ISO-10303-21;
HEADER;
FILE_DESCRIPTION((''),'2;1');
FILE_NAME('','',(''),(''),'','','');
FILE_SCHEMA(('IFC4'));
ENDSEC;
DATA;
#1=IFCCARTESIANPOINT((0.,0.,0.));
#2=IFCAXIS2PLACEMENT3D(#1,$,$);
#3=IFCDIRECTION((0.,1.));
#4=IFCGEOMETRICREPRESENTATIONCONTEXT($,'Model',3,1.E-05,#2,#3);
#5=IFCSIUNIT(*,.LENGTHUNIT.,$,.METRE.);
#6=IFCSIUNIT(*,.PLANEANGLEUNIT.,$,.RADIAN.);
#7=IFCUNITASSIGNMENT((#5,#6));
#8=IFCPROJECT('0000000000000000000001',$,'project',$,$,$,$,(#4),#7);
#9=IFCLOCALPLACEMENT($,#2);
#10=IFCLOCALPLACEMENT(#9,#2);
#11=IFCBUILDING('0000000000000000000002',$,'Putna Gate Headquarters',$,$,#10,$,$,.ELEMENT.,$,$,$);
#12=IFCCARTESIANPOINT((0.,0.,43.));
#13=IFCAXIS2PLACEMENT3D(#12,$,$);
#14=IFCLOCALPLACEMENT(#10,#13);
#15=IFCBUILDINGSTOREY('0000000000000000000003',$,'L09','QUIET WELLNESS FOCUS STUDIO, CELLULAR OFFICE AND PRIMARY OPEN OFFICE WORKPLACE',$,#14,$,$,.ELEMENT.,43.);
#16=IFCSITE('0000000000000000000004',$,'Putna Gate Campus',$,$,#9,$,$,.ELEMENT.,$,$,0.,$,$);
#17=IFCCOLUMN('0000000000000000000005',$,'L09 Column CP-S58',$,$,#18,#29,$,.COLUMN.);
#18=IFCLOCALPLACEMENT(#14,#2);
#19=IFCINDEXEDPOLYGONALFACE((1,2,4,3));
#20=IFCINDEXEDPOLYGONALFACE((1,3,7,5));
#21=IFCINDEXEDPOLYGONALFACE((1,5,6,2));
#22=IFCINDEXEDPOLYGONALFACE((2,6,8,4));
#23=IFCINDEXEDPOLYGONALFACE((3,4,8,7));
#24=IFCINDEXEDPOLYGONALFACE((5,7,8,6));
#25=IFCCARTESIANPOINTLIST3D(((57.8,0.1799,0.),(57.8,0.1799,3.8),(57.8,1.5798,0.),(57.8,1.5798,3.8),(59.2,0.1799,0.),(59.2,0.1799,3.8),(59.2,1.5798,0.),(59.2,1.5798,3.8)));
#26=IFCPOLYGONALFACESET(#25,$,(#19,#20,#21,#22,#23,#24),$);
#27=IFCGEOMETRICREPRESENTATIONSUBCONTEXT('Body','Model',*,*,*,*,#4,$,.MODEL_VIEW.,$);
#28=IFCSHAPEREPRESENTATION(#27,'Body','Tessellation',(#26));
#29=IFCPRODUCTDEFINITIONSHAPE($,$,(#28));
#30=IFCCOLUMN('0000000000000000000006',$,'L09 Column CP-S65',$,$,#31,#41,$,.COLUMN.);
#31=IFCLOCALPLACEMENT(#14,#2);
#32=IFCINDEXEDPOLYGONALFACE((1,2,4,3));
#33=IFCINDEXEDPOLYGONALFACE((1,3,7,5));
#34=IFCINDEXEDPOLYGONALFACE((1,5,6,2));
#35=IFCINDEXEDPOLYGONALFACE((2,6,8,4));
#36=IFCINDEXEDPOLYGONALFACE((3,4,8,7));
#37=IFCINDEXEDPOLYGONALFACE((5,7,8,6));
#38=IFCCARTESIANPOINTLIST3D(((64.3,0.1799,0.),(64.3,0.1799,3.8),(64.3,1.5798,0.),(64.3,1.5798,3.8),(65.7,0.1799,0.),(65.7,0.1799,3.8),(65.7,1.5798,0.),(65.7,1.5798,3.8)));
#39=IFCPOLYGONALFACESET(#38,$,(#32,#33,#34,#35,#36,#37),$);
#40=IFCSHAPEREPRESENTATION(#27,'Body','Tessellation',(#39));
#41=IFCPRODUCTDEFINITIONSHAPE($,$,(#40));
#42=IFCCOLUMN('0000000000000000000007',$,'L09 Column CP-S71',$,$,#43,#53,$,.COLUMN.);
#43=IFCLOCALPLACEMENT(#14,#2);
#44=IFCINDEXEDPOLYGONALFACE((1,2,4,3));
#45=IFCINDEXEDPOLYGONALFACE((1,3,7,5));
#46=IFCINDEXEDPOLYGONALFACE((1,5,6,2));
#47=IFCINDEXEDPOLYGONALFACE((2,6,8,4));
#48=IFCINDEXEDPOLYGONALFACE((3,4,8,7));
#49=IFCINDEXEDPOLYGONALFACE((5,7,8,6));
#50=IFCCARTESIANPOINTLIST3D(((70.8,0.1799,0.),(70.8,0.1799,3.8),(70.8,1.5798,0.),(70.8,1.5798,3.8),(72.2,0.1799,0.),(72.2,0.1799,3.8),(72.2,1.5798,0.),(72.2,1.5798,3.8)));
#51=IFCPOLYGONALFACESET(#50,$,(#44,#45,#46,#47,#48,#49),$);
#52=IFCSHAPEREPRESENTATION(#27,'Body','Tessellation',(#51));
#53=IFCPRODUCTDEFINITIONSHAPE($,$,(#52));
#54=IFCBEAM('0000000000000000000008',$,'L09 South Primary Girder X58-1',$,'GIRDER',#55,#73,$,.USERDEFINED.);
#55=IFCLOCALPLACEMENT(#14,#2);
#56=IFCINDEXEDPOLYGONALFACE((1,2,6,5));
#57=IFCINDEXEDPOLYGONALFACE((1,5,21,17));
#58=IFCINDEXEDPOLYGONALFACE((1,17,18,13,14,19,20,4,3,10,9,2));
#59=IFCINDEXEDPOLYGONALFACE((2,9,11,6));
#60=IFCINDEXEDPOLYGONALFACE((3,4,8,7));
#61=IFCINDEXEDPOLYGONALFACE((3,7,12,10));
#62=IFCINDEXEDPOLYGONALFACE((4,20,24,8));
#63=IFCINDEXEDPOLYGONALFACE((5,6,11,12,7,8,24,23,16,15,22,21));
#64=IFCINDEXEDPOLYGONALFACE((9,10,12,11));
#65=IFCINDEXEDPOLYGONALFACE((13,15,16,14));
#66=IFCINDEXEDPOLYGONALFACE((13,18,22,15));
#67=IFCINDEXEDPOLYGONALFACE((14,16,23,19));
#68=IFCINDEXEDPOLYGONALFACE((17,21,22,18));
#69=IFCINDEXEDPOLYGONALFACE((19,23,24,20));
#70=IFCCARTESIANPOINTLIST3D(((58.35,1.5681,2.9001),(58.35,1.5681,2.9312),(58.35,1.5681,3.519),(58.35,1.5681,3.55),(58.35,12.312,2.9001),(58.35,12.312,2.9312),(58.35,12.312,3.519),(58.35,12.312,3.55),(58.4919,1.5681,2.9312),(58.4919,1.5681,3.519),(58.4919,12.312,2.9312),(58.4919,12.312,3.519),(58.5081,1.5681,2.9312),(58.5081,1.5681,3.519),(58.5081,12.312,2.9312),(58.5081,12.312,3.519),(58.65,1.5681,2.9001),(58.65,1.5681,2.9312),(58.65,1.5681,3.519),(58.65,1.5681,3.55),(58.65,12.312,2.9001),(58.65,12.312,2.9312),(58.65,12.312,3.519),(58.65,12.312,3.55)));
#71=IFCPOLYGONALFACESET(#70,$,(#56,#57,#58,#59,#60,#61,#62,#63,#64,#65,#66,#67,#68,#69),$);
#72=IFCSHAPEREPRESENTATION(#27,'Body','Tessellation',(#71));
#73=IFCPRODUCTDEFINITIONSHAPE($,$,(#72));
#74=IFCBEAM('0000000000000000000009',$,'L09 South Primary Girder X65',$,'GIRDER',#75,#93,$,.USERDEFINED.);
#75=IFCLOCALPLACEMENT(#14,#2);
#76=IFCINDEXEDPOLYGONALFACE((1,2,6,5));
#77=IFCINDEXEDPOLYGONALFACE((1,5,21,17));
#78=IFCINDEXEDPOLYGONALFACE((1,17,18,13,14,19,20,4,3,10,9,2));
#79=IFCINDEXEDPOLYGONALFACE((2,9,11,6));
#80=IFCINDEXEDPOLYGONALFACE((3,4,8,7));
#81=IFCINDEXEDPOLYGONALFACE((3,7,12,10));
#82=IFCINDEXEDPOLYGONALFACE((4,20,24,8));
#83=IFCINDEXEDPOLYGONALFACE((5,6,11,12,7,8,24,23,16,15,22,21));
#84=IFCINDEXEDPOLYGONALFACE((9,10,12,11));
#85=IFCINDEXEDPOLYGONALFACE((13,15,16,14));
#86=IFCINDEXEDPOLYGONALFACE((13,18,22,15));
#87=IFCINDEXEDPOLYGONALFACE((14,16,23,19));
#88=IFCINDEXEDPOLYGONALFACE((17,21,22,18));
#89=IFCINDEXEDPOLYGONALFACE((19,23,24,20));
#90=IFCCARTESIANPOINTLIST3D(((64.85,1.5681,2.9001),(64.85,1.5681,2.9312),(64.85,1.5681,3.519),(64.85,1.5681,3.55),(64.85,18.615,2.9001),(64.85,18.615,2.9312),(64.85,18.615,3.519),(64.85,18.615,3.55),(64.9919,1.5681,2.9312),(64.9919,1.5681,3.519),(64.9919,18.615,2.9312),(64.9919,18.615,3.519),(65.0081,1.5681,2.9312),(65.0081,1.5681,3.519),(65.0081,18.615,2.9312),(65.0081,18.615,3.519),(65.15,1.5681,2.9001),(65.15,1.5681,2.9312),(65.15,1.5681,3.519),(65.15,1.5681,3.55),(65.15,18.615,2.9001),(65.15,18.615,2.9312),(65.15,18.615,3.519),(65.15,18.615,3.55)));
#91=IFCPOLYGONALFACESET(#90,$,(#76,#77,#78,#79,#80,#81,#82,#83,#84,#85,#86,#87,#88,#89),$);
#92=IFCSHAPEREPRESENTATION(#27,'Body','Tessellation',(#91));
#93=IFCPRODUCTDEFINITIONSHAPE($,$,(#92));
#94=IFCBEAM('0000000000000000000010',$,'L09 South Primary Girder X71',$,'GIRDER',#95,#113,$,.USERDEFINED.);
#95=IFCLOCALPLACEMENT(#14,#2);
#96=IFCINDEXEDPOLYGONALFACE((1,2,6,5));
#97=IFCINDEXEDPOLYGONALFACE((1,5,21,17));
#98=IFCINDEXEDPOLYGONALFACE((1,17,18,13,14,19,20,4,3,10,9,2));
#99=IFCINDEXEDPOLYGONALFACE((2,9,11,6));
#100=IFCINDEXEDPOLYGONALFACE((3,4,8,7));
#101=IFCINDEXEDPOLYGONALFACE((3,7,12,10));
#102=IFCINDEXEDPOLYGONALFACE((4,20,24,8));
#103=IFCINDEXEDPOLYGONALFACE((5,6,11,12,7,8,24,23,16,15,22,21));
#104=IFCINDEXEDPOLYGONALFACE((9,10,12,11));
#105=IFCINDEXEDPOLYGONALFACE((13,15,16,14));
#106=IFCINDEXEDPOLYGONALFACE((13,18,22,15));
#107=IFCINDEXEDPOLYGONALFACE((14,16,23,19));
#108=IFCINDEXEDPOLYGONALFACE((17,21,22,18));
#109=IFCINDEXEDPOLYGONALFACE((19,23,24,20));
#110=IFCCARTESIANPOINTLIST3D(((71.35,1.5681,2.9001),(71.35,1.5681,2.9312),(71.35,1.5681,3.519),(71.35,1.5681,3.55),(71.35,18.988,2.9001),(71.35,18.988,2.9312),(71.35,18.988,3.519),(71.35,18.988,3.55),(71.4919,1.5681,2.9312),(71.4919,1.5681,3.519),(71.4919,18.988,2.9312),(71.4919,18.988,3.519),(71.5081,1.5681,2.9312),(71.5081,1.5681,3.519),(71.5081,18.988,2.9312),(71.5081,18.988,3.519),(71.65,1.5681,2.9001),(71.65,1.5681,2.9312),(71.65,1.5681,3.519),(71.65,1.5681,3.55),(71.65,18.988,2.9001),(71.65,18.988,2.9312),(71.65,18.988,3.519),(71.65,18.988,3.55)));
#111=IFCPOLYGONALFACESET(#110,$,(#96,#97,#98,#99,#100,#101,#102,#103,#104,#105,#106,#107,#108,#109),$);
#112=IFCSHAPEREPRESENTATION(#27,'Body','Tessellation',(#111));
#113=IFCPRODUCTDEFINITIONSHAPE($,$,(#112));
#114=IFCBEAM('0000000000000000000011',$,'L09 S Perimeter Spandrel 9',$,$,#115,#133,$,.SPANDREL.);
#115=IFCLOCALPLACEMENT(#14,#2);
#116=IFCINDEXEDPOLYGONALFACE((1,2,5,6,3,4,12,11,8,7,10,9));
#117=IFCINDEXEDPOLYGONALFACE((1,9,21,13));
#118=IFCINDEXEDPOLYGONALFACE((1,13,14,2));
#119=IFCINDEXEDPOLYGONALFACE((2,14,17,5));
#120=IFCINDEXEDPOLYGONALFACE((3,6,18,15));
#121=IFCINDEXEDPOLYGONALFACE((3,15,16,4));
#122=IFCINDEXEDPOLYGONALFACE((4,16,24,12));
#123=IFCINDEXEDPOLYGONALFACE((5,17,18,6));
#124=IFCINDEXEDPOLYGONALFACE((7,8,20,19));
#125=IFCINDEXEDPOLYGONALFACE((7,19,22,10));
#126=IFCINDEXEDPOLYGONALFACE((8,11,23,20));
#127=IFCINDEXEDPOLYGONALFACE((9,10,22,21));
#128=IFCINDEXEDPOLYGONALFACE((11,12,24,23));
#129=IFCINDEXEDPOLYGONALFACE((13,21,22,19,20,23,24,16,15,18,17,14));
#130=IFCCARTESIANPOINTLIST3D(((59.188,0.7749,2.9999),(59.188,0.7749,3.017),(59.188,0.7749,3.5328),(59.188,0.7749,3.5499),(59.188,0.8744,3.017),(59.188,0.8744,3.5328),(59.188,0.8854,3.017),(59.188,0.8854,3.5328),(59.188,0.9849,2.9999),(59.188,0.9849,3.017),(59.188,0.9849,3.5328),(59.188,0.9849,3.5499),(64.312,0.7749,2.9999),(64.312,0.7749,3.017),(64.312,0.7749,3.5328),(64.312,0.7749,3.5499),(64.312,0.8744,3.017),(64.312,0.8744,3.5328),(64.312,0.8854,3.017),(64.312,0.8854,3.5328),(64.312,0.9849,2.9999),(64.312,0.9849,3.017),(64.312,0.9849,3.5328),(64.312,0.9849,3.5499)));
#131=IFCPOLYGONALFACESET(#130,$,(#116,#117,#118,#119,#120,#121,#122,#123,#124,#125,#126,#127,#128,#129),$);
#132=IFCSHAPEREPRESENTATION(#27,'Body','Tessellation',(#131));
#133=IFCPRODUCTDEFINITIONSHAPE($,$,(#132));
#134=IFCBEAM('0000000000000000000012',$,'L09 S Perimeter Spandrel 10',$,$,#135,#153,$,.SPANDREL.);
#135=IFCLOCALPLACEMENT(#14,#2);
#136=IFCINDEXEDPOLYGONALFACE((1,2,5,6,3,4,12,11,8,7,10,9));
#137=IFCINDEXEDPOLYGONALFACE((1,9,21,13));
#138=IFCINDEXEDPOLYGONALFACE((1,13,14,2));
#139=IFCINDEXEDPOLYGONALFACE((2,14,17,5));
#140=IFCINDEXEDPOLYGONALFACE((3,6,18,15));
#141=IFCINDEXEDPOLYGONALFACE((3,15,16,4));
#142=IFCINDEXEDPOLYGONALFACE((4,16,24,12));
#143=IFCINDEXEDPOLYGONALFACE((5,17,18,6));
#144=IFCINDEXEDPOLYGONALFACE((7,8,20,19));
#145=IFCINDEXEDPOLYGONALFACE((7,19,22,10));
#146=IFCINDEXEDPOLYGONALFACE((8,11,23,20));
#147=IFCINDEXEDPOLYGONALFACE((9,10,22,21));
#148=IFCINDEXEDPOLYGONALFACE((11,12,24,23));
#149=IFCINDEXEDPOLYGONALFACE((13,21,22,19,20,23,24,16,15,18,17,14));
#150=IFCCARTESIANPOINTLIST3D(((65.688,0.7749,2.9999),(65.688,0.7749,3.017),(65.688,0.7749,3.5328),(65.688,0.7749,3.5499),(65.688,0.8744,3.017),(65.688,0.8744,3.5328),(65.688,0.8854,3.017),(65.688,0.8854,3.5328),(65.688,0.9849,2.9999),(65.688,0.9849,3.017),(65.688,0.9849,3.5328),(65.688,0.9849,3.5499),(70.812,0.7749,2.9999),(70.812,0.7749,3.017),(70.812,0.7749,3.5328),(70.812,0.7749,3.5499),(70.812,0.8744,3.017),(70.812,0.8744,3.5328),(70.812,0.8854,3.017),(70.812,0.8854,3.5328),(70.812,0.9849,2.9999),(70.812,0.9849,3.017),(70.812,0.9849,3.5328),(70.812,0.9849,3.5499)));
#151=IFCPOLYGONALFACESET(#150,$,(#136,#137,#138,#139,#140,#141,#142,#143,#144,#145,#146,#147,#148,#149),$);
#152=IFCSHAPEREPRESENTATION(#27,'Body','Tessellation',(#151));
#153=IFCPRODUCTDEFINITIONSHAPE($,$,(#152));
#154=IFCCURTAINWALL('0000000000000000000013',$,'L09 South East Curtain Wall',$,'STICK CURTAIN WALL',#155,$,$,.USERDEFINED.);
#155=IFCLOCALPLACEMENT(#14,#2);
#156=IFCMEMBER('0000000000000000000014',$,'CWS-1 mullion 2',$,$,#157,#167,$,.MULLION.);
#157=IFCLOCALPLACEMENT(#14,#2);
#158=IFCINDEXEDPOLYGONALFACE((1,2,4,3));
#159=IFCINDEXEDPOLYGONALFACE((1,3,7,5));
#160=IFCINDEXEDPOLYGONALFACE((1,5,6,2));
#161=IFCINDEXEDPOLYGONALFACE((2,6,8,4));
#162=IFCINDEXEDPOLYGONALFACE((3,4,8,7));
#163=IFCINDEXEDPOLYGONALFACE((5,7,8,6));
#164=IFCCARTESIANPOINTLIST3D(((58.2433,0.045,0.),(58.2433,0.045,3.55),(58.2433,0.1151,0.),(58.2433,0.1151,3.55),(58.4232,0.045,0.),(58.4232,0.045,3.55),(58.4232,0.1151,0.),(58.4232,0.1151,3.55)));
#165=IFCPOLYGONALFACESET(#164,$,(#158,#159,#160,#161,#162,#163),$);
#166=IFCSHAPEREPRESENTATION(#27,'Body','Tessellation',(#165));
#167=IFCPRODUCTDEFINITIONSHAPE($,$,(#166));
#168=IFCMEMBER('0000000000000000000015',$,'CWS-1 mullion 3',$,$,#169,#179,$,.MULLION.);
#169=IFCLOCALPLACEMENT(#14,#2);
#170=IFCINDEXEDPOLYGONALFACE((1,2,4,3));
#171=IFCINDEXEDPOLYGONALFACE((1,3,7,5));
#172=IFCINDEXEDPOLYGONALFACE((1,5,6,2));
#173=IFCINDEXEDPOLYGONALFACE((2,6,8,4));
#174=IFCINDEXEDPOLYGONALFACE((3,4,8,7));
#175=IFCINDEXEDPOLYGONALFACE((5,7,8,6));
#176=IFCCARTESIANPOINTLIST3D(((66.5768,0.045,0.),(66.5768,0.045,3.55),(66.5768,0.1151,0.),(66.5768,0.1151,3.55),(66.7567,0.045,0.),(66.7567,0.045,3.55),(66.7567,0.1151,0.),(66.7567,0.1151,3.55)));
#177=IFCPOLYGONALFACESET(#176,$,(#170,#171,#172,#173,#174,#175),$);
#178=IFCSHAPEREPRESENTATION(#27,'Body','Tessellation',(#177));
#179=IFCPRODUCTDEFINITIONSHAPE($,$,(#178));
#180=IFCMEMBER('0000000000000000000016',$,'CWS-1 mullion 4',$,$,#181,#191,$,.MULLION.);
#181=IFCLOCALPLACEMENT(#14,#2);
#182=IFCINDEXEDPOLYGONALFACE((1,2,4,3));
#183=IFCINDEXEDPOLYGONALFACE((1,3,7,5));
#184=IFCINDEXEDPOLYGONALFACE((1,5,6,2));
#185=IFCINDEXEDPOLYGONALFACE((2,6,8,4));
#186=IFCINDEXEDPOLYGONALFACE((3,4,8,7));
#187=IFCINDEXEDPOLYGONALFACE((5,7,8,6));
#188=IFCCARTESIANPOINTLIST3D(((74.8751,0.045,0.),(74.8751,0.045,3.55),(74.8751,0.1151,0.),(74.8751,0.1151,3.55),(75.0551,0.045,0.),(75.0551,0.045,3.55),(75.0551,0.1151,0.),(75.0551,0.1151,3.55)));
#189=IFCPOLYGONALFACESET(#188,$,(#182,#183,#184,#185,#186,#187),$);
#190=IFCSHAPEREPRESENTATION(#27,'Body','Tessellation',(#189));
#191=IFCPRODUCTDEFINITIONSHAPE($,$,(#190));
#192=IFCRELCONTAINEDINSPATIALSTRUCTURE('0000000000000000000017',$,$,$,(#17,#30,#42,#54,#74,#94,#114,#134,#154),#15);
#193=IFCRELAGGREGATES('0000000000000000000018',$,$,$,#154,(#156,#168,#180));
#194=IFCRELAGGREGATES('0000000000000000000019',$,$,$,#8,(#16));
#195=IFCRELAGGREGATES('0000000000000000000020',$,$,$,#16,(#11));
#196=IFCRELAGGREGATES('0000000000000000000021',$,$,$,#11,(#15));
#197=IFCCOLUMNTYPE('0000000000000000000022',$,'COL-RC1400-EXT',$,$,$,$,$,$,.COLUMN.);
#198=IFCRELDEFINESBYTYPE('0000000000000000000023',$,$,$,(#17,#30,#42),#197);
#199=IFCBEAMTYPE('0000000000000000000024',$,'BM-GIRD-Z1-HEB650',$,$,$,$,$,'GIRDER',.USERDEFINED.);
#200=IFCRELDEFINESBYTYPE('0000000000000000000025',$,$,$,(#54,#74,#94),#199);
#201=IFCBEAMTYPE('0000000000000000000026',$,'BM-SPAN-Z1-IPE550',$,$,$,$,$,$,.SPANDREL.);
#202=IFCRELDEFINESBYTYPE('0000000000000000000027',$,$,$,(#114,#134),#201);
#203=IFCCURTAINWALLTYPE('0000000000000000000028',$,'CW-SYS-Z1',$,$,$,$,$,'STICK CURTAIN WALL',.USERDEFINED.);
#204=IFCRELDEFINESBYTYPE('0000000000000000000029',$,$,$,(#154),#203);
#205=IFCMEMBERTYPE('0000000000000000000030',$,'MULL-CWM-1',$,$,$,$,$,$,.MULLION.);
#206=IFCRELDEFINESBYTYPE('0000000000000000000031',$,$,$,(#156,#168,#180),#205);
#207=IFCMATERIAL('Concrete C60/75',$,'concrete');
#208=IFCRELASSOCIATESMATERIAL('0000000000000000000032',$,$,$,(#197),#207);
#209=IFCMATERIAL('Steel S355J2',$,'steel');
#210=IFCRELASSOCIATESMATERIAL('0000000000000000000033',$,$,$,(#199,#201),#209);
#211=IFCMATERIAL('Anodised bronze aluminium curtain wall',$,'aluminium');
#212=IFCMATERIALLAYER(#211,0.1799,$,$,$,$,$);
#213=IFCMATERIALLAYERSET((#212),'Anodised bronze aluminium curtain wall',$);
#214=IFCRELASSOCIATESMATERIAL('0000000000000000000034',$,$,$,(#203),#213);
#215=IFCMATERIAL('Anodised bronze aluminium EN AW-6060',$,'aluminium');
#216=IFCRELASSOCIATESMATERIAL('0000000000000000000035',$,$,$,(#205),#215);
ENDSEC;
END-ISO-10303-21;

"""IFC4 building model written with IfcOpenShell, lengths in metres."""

from ifc_helpers import new_model, si_unit, direction, frame, origin, origin_2d, place, context, subcontext, project, spatial, rectangle, i_section, extrude, material, layer, layer_set, material_profile, profile_set, type_object, element, aggregate, save


model = new_model("IFC4")

# Units and contexts
model_context = context("Model", 3, precision=1e-05, world=origin(), true_north=direction((0.0, 1.0)))
body_context = subcontext(model_context, "Body", "Model", "MODEL_VIEW")
ifc_project = project(units=[si_unit("LENGTHUNIT", "METRE"), si_unit("PLANEANGLEUNIT", "RADIAN")], contexts=[model_context])

# Site, building, storey
site_placement = place(None, origin())
site = spatial("IfcSite", under=ifc_project, at=site_placement, Name="Putna Gate Campus", CompositionType="ELEMENT", RefElevation=0.0)
building_placement = place(site_placement, origin())
building = spatial("IfcBuilding", under=site, at=building_placement, Name="Putna Gate Headquarters", CompositionType="ELEMENT")
storey_placement = place(building_placement, frame((0.0, 0.0, 43.0)))
storey = spatial("IfcBuildingStorey", under=building, at=storey_placement, Name="L09", Description="QUIET WELLNESS FOCUS STUDIO, CELLULAR OFFICE AND PRIMARY OPEN OFFICE WORKPLACE", CompositionType="ELEMENT", Elevation=43.0)

# Columns
ifc_material_1 = material(Name="Concrete C60/75", Category="concrete")
ifc_material_profile_1 = material_profile(ifc_material_1, rectangle(XDim=1.3999, YDim=1.3999, at=origin_2d()), Name="Concrete C60/75")
ifc_profile_set_1 = profile_set([ifc_material_profile_1], Name="Concrete C60/75")
column_type = type_object("IfcColumnType", Name="COL-RC1400-EXT", PredefinedType="COLUMN", material=ifc_profile_set_1)
for number, where, z_axis, x_axis, name in (
    (1, (58.5, 0.8799, 0.0), (0.0, 0.0, 1.0), (1.0, 0.0, 0.0), "L09 Column CP-S58"),
    (2, (65.0, 0.8799, 0.0), (0.0, 0.0, 1.0), (1.0, 0.0, 0.0), "L09 Column CP-S65"),
    (3, (71.5, 0.8799, 0.0), (0.0, 0.0, 1.0), (1.0, 0.0, 0.0), "L09 Column CP-S71"),
):
    element("IfcColumn", number, at=place(storey_placement, frame(where, z_axis=z_axis, x_axis=x_axis)), inside=storey, type_object=column_type, Name=name, PredefinedType="COLUMN", context=body_context, shape_type="SweptSolid", body=[
        extrude(rectangle(XDim=1.3999, YDim=1.3999, at=origin_2d()), origin(), (0.0, 0.0, 1.0), 3.8),
    ])

# Beams
ifc_material_2 = material(Name="Steel S355J2", Category="steel")
ifc_material_profile_2 = material_profile(ifc_material_2, i_section(OverallWidth=0.3, OverallDepth=0.6499, WebThickness=0.0161, FlangeThickness=0.031, at=origin_2d()), Name="Steel S355J2")
ifc_profile_set_2 = profile_set([ifc_material_profile_2], Name="Steel S355J2")
beam_type_1 = type_object("IfcBeamType", Name="BM-GIRD-Z1-HEB650", ElementType="GIRDER", PredefinedType="USERDEFINED", material=ifc_profile_set_2)
beam_1_placement = place(storey_placement, frame((58.5, 1.5681, 3.2251), z_axis=(0.0, 1.0, 0.0), x_axis=(-1.0, 0.0, 0.0)))
element("IfcBeam", 4, at=beam_1_placement, inside=storey, type_object=beam_type_1, Name="L09 South Primary Girder X58-1", ObjectType="GIRDER", PredefinedType="USERDEFINED", context=body_context, shape_type="SweptSolid", body=[
    extrude(i_section(OverallWidth=0.3, OverallDepth=0.6499, WebThickness=0.0161, FlangeThickness=0.031, at=origin_2d()), origin(), (0.0, 0.0, 1.0), 10.7439),
])
beam_2_placement = place(storey_placement, frame((65.0, 1.5681, 3.2251), z_axis=(0.0, 1.0, 0.0), x_axis=(-1.0, 0.0, 0.0)))
element("IfcBeam", 5, at=beam_2_placement, inside=storey, type_object=beam_type_1, Name="L09 South Primary Girder X65", ObjectType="GIRDER", PredefinedType="USERDEFINED", context=body_context, shape_type="SweptSolid", body=[
    extrude(i_section(OverallWidth=0.3, OverallDepth=0.6499, WebThickness=0.0161, FlangeThickness=0.031, at=origin_2d()), origin(), (0.0, 0.0, 1.0), 17.0469),
])
beam_3_placement = place(storey_placement, frame((71.5, 1.5681, 3.2251), z_axis=(0.0, 1.0, 0.0), x_axis=(-1.0, 0.0, 0.0)))
element("IfcBeam", 6, at=beam_3_placement, inside=storey, type_object=beam_type_1, Name="L09 South Primary Girder X71", ObjectType="GIRDER", PredefinedType="USERDEFINED", context=body_context, shape_type="SweptSolid", body=[
    extrude(i_section(OverallWidth=0.3, OverallDepth=0.6499, WebThickness=0.0161, FlangeThickness=0.031, at=origin_2d()), origin(), (0.0, 0.0, 1.0), 17.4199),
])
ifc_material_profile_3 = material_profile(ifc_material_2, i_section(OverallWidth=0.21, OverallDepth=0.55, WebThickness=0.011, FlangeThickness=0.0171, at=origin_2d()), Name="Steel S355J2")
ifc_profile_set_3 = profile_set([ifc_material_profile_3], Name="Steel S355J2")
beam_type_2 = type_object("IfcBeamType", Name="BM-SPAN-Z1-IPE550", PredefinedType="SPANDREL", material=ifc_profile_set_3)
for number, where, z_axis, x_axis, name in (
    (7, (59.188, 0.8799, 3.2749), (1.0, 0.0, 0.0), (0.0, 1.0, 0.0), "L09 S Perimeter Spandrel 9"),
    (8, (65.688, 0.8799, 3.2749), (1.0, 0.0, 0.0), (0.0, 1.0, 0.0), "L09 S Perimeter Spandrel 10"),
):
    element("IfcBeam", number, at=place(storey_placement, frame(where, z_axis=z_axis, x_axis=x_axis)), inside=storey, type_object=beam_type_2, Name=name, PredefinedType="SPANDREL", context=body_context, shape_type="SweptSolid", body=[
        extrude(i_section(OverallWidth=0.21, OverallDepth=0.55, WebThickness=0.011, FlangeThickness=0.0171, at=origin_2d()), origin(), (0.0, 0.0, 1.0), 5.124),
    ])

# Curtain wall, members
ifc_material_3 = material(Name="Anodised bronze aluminium curtain wall", Category="aluminium")
ifc_layer_1 = layer(ifc_material_3, 0.1799)
ifc_layer_set_1 = layer_set([ifc_layer_1], Name="Anodised bronze aluminium curtain wall")
curtain_wall_type = type_object("IfcCurtainWallType", Name="CW-SYS-Z1", ElementType="STICK CURTAIN WALL", PredefinedType="USERDEFINED", material=ifc_layer_set_1)
curtain_wall_1_placement = place(storey_placement, origin())
curtain_wall_1 = element("IfcCurtainWall", 9, at=curtain_wall_1_placement, inside=storey, type_object=curtain_wall_type, Name="L09 South East Curtain Wall", ObjectType="STICK CURTAIN WALL", PredefinedType="USERDEFINED")
ifc_material_4 = material(Name="Anodised bronze aluminium EN AW-6060", Category="aluminium")
ifc_material_profile_4 = material_profile(ifc_material_4, rectangle(XDim=0.0701, YDim=0.1799, at=origin_2d()), Name="Anodised bronze aluminium EN AW-6060")
ifc_profile_set_4 = profile_set([ifc_material_profile_4], Name="Anodised bronze aluminium EN AW-6060")
member_type_1 = type_object("IfcMemberType", Name="MULL-CWM-1", PredefinedType="MULLION", material=ifc_profile_set_4)
member_1_placement = place(storey_placement, frame((58.3333, 0.0801, 0.0), z_axis=(0.0, 0.0, 1.0), x_axis=(0.0, 1.0, 0.0)))
member_1 = element("IfcMember", 10, at=member_1_placement, type_object=member_type_1, Name="CWS-1 mullion 2", PredefinedType="MULLION", context=body_context, shape_type="SweptSolid", body=[
    extrude(rectangle(XDim=0.0701, YDim=0.1799, at=origin_2d()), origin(), (0.0, 0.0, 1.0), 3.55),
])
member_2_placement = place(storey_placement, frame((66.6667, 0.0801, 0.0), z_axis=(0.0, 0.0, 1.0), x_axis=(0.0, 1.0, 0.0)))
member_2 = element("IfcMember", 11, at=member_2_placement, type_object=member_type_1, Name="CWS-1 mullion 3", PredefinedType="MULLION", context=body_context, shape_type="SweptSolid", body=[
    extrude(rectangle(XDim=0.0701, YDim=0.1799, at=origin_2d()), origin(), (0.0, 0.0, 1.0), 3.55),
])
member_3_placement = place(storey_placement, frame((74.9651, 0.0801, 0.0), z_axis=(0.0, 0.0, 1.0), x_axis=(0.0, 1.0, 0.0)))
member_3 = element("IfcMember", 12, at=member_3_placement, type_object=member_type_1, Name="CWS-1 mullion 4", PredefinedType="MULLION", context=body_context, shape_type="SweptSolid", body=[
    extrude(rectangle(XDim=0.0701, YDim=0.1799, at=origin_2d()), origin(), (0.0, 0.0, 1.0), 3.55),
])

aggregate(curtain_wall_1, [member_1, member_2, member_3])

save(model, "model.ifc")
